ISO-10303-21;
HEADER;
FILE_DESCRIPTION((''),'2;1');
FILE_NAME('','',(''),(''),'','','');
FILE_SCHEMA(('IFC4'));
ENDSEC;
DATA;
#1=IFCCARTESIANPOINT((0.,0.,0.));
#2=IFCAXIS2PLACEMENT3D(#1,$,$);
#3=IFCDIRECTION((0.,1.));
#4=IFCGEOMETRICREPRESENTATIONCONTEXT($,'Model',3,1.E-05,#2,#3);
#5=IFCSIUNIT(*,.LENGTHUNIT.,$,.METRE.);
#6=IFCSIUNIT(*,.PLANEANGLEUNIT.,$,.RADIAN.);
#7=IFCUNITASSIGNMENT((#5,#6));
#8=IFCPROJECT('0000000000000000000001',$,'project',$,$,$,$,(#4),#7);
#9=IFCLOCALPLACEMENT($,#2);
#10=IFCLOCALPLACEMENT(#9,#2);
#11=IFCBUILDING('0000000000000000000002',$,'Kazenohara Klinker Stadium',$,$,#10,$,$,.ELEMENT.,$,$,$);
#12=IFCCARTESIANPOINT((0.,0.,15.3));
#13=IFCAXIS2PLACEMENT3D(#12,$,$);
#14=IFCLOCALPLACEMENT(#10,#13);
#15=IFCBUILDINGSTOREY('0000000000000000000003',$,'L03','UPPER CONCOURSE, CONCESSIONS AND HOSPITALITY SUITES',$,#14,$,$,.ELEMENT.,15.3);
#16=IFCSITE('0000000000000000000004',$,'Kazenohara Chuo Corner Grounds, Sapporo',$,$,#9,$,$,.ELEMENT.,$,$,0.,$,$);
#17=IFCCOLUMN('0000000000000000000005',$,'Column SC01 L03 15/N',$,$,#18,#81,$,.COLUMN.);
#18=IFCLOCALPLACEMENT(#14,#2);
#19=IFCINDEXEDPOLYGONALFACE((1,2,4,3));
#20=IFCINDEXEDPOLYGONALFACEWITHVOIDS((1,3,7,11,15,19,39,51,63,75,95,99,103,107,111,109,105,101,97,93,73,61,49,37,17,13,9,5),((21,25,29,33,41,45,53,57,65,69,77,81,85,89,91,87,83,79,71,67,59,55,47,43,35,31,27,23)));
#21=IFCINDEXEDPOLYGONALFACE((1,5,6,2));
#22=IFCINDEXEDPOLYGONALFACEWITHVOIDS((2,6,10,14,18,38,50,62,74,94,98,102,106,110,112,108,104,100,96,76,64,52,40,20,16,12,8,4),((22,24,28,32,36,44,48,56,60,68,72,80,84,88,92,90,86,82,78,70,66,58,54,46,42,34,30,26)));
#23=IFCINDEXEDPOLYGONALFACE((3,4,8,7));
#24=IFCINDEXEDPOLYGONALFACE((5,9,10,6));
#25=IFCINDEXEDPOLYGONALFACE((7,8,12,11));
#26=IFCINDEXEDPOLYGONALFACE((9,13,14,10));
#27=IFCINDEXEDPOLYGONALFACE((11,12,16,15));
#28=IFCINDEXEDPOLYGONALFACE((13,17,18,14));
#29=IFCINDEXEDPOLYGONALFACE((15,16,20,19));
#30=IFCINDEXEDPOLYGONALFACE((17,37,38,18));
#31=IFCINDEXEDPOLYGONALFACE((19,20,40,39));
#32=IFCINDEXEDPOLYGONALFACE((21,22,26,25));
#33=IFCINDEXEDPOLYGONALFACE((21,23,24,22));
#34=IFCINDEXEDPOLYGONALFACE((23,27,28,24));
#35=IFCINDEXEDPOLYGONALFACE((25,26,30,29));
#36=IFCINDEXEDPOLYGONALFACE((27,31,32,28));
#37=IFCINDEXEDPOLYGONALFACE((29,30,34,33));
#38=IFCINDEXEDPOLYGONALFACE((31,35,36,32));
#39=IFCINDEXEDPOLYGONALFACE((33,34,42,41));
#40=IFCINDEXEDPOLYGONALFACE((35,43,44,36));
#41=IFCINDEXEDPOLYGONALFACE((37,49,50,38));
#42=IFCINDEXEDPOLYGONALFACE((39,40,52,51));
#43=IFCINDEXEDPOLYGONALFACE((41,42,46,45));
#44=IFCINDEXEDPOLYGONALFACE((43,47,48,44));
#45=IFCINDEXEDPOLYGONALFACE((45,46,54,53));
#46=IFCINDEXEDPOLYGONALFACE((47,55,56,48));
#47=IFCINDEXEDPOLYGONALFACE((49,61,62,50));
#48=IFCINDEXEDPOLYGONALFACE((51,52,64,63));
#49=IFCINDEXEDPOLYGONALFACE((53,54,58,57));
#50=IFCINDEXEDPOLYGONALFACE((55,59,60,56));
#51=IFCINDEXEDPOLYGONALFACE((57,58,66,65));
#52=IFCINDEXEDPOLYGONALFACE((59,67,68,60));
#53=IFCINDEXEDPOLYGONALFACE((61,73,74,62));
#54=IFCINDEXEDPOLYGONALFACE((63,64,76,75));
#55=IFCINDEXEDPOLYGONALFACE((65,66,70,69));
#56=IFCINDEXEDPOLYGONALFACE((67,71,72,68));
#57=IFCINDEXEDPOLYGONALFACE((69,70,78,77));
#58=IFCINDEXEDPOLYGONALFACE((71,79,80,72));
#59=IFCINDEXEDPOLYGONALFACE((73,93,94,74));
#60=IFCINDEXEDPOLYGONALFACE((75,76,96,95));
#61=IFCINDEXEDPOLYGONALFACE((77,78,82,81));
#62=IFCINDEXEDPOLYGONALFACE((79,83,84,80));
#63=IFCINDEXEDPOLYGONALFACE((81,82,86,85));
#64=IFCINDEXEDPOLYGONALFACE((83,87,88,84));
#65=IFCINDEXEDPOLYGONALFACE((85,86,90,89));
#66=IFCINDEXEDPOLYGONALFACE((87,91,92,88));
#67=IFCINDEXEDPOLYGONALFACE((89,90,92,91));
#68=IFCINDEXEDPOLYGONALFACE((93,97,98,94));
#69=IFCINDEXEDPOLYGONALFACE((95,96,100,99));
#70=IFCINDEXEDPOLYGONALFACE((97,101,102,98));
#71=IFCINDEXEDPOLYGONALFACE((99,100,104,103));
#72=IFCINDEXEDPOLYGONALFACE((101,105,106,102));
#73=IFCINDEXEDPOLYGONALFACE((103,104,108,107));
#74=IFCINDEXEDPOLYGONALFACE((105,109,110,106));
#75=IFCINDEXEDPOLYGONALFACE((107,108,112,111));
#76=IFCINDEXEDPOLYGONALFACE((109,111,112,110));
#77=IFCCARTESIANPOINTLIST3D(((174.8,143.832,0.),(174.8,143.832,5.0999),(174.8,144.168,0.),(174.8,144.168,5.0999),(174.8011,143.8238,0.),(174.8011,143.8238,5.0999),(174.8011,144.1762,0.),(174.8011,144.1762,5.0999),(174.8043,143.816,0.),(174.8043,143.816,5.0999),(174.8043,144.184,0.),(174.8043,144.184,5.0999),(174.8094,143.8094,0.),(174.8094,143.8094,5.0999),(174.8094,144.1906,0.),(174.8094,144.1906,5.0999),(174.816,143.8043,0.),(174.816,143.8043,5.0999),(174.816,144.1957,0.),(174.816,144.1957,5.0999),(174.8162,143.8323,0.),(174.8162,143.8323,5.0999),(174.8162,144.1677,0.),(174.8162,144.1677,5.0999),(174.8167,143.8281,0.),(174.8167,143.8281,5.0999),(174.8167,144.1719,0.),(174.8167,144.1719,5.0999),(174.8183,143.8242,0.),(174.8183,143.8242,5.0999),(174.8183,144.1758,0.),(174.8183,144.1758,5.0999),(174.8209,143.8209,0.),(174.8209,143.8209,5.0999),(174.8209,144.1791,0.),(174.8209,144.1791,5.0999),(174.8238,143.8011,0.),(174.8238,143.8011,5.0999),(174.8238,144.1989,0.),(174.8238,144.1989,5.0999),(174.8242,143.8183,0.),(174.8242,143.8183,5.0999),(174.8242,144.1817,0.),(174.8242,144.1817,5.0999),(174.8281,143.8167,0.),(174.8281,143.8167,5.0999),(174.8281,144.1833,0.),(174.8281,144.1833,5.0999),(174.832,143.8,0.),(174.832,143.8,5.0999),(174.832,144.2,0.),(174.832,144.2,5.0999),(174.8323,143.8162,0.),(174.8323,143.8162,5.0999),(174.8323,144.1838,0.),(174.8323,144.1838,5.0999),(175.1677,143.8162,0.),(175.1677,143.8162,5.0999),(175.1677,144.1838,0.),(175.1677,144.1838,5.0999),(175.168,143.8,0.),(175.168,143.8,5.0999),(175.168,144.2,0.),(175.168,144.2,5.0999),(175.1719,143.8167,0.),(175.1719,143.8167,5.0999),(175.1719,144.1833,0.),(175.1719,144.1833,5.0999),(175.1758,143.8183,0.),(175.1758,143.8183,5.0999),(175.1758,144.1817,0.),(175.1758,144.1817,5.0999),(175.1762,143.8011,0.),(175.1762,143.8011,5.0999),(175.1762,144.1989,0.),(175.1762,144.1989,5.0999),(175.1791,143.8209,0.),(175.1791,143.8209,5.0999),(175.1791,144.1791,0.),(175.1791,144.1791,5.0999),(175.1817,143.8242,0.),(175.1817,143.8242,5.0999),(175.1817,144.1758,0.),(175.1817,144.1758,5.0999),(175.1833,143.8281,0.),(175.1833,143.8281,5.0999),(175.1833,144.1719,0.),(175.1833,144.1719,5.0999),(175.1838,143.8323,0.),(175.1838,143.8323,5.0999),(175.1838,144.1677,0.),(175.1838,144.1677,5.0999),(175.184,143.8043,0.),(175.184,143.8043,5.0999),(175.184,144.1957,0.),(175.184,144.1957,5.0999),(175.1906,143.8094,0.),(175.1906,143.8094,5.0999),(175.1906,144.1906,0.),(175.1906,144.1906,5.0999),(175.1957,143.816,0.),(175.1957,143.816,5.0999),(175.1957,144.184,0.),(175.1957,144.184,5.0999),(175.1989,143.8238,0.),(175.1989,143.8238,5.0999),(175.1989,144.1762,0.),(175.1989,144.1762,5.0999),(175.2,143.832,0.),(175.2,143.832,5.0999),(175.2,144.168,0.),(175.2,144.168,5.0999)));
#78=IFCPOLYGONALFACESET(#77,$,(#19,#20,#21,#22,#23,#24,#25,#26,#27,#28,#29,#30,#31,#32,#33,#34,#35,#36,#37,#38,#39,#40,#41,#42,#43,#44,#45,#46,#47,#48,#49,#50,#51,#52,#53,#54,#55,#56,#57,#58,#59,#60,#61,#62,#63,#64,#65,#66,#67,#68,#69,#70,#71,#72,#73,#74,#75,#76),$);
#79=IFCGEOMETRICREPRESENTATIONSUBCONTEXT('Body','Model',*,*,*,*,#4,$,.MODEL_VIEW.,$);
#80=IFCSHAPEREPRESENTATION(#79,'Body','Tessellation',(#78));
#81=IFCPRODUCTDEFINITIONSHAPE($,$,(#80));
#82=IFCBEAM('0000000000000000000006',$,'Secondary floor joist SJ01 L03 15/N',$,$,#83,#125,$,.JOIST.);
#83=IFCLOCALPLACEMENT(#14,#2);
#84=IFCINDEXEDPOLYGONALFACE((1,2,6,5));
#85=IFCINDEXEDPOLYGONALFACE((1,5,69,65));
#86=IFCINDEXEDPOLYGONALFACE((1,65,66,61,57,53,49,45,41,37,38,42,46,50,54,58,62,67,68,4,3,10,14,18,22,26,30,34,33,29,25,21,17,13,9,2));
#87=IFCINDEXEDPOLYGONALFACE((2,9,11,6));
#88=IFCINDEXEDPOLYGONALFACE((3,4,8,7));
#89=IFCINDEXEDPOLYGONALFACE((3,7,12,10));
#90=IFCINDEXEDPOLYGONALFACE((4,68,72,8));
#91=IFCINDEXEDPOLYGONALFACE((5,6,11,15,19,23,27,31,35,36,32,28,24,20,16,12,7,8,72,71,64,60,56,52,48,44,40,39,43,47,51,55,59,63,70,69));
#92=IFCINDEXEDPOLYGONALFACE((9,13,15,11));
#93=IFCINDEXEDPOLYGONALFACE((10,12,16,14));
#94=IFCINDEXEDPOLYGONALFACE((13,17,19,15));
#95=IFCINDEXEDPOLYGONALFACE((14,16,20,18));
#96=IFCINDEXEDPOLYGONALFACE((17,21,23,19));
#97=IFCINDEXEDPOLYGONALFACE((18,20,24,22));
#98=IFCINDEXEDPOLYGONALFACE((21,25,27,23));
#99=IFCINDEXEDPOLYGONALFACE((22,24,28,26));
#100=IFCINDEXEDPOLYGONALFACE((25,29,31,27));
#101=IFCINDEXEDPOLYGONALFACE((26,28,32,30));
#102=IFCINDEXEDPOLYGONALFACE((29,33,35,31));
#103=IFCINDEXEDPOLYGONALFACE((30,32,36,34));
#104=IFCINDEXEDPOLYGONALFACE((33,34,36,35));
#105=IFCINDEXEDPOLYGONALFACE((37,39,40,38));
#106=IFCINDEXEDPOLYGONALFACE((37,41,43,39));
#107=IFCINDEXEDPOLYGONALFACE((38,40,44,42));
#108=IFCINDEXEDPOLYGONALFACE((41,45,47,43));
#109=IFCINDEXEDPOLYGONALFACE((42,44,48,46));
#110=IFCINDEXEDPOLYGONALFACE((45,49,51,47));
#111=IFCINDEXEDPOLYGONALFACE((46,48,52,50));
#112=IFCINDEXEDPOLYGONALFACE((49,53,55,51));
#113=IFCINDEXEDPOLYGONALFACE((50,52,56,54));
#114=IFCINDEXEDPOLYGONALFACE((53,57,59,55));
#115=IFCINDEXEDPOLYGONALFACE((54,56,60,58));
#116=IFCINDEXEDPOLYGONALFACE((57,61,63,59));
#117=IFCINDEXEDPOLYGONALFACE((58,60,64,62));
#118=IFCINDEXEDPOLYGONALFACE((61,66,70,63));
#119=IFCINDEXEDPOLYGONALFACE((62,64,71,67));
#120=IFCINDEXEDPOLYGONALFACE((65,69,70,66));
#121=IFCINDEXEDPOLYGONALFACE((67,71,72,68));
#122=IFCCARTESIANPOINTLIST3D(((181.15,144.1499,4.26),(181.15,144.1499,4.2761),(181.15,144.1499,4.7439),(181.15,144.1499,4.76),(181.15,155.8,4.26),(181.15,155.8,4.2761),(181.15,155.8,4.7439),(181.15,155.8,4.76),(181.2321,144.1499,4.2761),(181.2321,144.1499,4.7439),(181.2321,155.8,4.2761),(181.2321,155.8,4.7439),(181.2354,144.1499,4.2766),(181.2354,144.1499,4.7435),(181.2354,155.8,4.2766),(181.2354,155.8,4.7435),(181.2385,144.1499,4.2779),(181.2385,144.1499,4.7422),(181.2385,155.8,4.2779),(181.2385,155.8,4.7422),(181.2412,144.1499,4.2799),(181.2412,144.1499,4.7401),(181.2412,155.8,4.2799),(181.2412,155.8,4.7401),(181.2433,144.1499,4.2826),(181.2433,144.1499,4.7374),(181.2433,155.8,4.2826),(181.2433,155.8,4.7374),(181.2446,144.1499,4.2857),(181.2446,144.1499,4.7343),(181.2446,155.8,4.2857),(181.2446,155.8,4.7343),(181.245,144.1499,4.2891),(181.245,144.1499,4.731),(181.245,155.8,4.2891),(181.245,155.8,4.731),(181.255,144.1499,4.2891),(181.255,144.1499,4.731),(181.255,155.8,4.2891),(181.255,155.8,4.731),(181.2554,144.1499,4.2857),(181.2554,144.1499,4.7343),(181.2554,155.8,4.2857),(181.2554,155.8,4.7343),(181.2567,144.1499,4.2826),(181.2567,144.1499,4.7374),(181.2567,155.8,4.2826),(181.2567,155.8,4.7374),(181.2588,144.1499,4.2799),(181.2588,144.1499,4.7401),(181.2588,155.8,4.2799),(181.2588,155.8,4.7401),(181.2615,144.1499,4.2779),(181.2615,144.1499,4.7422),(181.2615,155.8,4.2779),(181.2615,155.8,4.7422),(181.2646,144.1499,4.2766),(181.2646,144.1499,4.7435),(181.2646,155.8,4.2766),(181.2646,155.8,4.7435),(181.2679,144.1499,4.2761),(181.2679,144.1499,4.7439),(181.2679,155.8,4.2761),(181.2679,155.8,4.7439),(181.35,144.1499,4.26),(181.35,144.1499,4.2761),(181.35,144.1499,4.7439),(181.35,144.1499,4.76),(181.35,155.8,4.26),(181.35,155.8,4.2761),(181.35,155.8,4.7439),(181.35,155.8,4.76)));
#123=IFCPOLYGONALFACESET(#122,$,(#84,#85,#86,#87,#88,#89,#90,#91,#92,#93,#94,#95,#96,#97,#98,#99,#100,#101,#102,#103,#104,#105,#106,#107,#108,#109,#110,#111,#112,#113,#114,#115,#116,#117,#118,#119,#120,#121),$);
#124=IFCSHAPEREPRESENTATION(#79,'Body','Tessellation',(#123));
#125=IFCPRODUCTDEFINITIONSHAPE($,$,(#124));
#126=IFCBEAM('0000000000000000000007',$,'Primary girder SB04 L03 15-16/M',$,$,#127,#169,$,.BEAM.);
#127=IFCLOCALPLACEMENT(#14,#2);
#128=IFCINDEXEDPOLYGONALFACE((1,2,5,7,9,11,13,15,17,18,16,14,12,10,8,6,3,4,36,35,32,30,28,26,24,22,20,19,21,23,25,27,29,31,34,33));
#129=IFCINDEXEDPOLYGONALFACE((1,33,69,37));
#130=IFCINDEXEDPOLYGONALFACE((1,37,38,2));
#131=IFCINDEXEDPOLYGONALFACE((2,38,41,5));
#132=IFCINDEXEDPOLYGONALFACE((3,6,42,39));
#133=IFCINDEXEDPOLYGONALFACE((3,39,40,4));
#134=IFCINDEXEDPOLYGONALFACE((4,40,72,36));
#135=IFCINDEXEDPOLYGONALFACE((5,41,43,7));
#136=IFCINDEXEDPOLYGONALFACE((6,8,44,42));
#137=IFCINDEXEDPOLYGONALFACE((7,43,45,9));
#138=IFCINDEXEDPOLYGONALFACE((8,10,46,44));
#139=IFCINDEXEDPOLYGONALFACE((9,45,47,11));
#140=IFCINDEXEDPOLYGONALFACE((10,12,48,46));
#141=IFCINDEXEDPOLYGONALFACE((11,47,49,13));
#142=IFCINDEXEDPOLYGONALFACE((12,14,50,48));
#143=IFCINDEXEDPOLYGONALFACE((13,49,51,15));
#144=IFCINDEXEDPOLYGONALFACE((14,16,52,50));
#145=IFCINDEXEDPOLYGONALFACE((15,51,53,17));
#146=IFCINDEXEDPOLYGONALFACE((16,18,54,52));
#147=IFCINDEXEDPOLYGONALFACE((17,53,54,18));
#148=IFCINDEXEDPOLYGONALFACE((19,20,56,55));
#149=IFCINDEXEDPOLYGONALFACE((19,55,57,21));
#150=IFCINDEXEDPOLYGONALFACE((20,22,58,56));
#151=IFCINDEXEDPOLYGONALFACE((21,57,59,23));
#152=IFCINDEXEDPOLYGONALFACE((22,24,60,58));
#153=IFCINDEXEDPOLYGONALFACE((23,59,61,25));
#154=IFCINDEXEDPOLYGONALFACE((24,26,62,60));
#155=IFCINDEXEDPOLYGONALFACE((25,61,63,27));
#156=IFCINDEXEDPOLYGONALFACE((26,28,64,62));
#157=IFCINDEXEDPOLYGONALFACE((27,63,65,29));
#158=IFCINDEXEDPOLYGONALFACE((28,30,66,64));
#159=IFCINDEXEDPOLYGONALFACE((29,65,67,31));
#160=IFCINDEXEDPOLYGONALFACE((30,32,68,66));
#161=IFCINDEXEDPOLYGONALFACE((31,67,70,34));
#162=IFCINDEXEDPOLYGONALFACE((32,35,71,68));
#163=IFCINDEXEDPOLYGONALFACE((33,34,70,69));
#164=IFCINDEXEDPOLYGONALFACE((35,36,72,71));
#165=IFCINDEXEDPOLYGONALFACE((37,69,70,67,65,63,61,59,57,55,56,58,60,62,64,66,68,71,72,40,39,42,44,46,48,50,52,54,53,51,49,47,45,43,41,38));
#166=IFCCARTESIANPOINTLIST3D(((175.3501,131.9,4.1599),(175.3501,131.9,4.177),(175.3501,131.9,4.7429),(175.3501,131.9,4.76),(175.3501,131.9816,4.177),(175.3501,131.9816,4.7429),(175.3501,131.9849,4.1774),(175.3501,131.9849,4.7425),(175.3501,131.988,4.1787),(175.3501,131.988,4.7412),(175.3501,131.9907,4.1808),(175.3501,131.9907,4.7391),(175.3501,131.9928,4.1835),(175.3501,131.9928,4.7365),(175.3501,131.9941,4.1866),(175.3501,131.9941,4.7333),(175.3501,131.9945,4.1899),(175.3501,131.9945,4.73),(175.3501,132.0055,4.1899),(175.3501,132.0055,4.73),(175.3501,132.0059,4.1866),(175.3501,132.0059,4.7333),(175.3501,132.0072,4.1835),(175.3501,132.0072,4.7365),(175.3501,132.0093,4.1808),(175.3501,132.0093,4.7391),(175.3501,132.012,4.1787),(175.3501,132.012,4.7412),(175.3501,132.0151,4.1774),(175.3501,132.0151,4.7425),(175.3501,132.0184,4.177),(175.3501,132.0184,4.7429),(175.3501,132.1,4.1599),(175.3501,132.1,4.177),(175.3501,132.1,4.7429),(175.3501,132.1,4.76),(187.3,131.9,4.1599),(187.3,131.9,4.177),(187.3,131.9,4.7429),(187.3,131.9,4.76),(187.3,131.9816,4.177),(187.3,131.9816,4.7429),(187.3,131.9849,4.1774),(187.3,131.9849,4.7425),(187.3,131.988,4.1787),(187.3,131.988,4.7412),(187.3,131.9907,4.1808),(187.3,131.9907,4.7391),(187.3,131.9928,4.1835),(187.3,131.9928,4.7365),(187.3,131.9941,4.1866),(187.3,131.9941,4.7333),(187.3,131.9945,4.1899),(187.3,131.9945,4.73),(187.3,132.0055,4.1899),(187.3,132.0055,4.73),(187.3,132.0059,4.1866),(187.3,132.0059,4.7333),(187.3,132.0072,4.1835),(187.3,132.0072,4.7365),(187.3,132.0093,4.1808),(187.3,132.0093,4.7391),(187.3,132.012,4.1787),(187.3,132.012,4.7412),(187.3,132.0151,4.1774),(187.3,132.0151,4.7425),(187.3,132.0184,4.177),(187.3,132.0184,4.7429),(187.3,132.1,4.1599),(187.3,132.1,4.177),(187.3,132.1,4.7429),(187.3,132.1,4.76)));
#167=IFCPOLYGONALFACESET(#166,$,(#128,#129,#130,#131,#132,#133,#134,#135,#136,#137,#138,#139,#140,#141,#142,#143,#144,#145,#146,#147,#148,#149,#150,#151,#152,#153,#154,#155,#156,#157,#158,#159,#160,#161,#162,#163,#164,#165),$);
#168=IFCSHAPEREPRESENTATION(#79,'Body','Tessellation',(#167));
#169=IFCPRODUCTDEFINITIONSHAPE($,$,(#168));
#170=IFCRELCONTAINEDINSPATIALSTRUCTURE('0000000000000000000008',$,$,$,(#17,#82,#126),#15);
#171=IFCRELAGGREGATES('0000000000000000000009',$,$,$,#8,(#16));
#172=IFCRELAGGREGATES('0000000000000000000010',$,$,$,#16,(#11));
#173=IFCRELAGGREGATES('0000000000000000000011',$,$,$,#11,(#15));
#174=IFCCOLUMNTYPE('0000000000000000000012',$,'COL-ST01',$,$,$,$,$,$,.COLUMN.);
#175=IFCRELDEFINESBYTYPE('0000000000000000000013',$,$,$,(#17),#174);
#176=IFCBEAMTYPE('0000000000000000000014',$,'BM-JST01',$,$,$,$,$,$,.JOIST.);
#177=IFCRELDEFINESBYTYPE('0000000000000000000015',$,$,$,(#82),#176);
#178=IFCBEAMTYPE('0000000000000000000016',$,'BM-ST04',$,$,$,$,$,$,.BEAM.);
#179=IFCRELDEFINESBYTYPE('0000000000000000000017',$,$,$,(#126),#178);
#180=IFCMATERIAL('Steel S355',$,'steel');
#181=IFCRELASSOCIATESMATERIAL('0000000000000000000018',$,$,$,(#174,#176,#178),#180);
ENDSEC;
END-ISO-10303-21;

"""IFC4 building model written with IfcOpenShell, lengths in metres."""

from ifc_helpers import new_model, si_unit, direction, frame, origin, origin_2d, place, context, subcontext, project, spatial, hollow_rectangle, i_section, extrude, material, material_profile, profile_set, type_object, element, save


model = new_model("IFC4")

# Units and contexts
model_context = context("Model", 3, precision=1e-05, world=origin(), true_north=direction((0.0, 1.0)))
body_context = subcontext(model_context, "Body", "Model", "MODEL_VIEW")
ifc_project = project(units=[si_unit("LENGTHUNIT", "METRE"), si_unit("PLANEANGLEUNIT", "RADIAN")], contexts=[model_context])

# Site, building, storey
site_placement = place(None, origin())
site = spatial("IfcSite", under=ifc_project, at=site_placement, Name="Kazenohara Chuo Corner Grounds, Sapporo", CompositionType="ELEMENT", RefElevation=0.0)
building_placement = place(site_placement, origin())
building = spatial("IfcBuilding", under=site, at=building_placement, Name="Kazenohara Klinker Stadium", CompositionType="ELEMENT")
storey_placement = place(building_placement, frame((0.0, 0.0, 15.3)))
storey = spatial("IfcBuildingStorey", under=building, at=storey_placement, Name="L03", Description="UPPER CONCOURSE, CONCESSIONS AND HOSPITALITY SUITES", CompositionType="ELEMENT", Elevation=15.3)

# Column
ifc_material_1 = material(Name="Steel S355", Category="steel")
ifc_material_profile_1 = material_profile(ifc_material_1, hollow_rectangle(XDim=0.3999, YDim=0.3999, WallThickness=0.0161, InnerFilletRadius=0.0161, OuterFilletRadius=0.032, at=origin_2d()), Name="SHS-400x400x16")
ifc_profile_set_1 = profile_set([ifc_material_profile_1], Name="Steel S355")
column_type = type_object("IfcColumnType", Name="COL-ST01", PredefinedType="COLUMN", material=ifc_profile_set_1)
column_placement = place(storey_placement, frame((175.0, 144.0, 0.0), z_axis=(0.0, 0.0, 1.0), x_axis=(1.0, 0.0, 0.0)))
element("IfcColumn", 1, at=column_placement, inside=storey, type_object=column_type, Name="Column SC01 L03 15/N", PredefinedType="COLUMN", context=body_context, shape_type="SweptSolid", body=[
    extrude(hollow_rectangle(XDim=0.3999, YDim=0.3999, WallThickness=0.0161, InnerFilletRadius=0.0161, OuterFilletRadius=0.032, at=origin_2d()), origin(), (0.0, 0.0, 1.0), 5.0999),
])

# Beams
ifc_material_profile_2 = material_profile(ifc_material_1, i_section(OverallWidth=0.2, OverallDepth=0.5, WebThickness=0.01, FlangeThickness=0.0161, FilletRadius=0.0129, at=origin_2d()), Name="H-500x200x10x16")
ifc_profile_set_2 = profile_set([ifc_material_profile_2], Name="Steel S355")
beam_type_1 = type_object("IfcBeamType", Name="BM-JST01", PredefinedType="JOIST", material=ifc_profile_set_2)
beam_1_placement = place(storey_placement, frame((181.25, 144.1499, 4.51), z_axis=(0.0, 1.0, 0.0), x_axis=(-1.0, 0.0, 0.0)))
element("IfcBeam", 2, at=beam_1_placement, inside=storey, type_object=beam_type_1, Name="Secondary floor joist SJ01 L03 15/N", PredefinedType="JOIST", context=body_context, shape_type="SweptSolid", body=[
    extrude(i_section(OverallWidth=0.2, OverallDepth=0.5, WebThickness=0.01, FlangeThickness=0.0161, FilletRadius=0.0129, at=origin_2d()), origin(), (0.0, 0.0, 1.0), 11.6501),
])
ifc_material_profile_3 = material_profile(ifc_material_1, i_section(OverallWidth=0.2, OverallDepth=0.6001, WebThickness=0.011, FlangeThickness=0.0171, FilletRadius=0.0129, at=origin_2d()), Name="H-600x200x11x17")
ifc_profile_set_3 = profile_set([ifc_material_profile_3], Name="Steel S355")
beam_type_2 = type_object("IfcBeamType", Name="BM-ST04", PredefinedType="BEAM", material=ifc_profile_set_3)
beam_2_placement = place(storey_placement, frame((175.3501, 132.0, 4.46), z_axis=(1.0, 0.0, 0.0), x_axis=(0.0, 1.0, 0.0)))
element("IfcBeam", 3, at=beam_2_placement, inside=storey, type_object=beam_type_2, Name="Primary girder SB04 L03 15-16/M", PredefinedType="BEAM", context=body_context, shape_type="SweptSolid", body=[
    extrude(i_section(OverallWidth=0.2, OverallDepth=0.6001, WebThickness=0.011, FlangeThickness=0.0171, FilletRadius=0.0129, at=origin_2d()), origin(), (0.0, 0.0, 1.0), 11.95),
])

save(model, "model.ifc")
